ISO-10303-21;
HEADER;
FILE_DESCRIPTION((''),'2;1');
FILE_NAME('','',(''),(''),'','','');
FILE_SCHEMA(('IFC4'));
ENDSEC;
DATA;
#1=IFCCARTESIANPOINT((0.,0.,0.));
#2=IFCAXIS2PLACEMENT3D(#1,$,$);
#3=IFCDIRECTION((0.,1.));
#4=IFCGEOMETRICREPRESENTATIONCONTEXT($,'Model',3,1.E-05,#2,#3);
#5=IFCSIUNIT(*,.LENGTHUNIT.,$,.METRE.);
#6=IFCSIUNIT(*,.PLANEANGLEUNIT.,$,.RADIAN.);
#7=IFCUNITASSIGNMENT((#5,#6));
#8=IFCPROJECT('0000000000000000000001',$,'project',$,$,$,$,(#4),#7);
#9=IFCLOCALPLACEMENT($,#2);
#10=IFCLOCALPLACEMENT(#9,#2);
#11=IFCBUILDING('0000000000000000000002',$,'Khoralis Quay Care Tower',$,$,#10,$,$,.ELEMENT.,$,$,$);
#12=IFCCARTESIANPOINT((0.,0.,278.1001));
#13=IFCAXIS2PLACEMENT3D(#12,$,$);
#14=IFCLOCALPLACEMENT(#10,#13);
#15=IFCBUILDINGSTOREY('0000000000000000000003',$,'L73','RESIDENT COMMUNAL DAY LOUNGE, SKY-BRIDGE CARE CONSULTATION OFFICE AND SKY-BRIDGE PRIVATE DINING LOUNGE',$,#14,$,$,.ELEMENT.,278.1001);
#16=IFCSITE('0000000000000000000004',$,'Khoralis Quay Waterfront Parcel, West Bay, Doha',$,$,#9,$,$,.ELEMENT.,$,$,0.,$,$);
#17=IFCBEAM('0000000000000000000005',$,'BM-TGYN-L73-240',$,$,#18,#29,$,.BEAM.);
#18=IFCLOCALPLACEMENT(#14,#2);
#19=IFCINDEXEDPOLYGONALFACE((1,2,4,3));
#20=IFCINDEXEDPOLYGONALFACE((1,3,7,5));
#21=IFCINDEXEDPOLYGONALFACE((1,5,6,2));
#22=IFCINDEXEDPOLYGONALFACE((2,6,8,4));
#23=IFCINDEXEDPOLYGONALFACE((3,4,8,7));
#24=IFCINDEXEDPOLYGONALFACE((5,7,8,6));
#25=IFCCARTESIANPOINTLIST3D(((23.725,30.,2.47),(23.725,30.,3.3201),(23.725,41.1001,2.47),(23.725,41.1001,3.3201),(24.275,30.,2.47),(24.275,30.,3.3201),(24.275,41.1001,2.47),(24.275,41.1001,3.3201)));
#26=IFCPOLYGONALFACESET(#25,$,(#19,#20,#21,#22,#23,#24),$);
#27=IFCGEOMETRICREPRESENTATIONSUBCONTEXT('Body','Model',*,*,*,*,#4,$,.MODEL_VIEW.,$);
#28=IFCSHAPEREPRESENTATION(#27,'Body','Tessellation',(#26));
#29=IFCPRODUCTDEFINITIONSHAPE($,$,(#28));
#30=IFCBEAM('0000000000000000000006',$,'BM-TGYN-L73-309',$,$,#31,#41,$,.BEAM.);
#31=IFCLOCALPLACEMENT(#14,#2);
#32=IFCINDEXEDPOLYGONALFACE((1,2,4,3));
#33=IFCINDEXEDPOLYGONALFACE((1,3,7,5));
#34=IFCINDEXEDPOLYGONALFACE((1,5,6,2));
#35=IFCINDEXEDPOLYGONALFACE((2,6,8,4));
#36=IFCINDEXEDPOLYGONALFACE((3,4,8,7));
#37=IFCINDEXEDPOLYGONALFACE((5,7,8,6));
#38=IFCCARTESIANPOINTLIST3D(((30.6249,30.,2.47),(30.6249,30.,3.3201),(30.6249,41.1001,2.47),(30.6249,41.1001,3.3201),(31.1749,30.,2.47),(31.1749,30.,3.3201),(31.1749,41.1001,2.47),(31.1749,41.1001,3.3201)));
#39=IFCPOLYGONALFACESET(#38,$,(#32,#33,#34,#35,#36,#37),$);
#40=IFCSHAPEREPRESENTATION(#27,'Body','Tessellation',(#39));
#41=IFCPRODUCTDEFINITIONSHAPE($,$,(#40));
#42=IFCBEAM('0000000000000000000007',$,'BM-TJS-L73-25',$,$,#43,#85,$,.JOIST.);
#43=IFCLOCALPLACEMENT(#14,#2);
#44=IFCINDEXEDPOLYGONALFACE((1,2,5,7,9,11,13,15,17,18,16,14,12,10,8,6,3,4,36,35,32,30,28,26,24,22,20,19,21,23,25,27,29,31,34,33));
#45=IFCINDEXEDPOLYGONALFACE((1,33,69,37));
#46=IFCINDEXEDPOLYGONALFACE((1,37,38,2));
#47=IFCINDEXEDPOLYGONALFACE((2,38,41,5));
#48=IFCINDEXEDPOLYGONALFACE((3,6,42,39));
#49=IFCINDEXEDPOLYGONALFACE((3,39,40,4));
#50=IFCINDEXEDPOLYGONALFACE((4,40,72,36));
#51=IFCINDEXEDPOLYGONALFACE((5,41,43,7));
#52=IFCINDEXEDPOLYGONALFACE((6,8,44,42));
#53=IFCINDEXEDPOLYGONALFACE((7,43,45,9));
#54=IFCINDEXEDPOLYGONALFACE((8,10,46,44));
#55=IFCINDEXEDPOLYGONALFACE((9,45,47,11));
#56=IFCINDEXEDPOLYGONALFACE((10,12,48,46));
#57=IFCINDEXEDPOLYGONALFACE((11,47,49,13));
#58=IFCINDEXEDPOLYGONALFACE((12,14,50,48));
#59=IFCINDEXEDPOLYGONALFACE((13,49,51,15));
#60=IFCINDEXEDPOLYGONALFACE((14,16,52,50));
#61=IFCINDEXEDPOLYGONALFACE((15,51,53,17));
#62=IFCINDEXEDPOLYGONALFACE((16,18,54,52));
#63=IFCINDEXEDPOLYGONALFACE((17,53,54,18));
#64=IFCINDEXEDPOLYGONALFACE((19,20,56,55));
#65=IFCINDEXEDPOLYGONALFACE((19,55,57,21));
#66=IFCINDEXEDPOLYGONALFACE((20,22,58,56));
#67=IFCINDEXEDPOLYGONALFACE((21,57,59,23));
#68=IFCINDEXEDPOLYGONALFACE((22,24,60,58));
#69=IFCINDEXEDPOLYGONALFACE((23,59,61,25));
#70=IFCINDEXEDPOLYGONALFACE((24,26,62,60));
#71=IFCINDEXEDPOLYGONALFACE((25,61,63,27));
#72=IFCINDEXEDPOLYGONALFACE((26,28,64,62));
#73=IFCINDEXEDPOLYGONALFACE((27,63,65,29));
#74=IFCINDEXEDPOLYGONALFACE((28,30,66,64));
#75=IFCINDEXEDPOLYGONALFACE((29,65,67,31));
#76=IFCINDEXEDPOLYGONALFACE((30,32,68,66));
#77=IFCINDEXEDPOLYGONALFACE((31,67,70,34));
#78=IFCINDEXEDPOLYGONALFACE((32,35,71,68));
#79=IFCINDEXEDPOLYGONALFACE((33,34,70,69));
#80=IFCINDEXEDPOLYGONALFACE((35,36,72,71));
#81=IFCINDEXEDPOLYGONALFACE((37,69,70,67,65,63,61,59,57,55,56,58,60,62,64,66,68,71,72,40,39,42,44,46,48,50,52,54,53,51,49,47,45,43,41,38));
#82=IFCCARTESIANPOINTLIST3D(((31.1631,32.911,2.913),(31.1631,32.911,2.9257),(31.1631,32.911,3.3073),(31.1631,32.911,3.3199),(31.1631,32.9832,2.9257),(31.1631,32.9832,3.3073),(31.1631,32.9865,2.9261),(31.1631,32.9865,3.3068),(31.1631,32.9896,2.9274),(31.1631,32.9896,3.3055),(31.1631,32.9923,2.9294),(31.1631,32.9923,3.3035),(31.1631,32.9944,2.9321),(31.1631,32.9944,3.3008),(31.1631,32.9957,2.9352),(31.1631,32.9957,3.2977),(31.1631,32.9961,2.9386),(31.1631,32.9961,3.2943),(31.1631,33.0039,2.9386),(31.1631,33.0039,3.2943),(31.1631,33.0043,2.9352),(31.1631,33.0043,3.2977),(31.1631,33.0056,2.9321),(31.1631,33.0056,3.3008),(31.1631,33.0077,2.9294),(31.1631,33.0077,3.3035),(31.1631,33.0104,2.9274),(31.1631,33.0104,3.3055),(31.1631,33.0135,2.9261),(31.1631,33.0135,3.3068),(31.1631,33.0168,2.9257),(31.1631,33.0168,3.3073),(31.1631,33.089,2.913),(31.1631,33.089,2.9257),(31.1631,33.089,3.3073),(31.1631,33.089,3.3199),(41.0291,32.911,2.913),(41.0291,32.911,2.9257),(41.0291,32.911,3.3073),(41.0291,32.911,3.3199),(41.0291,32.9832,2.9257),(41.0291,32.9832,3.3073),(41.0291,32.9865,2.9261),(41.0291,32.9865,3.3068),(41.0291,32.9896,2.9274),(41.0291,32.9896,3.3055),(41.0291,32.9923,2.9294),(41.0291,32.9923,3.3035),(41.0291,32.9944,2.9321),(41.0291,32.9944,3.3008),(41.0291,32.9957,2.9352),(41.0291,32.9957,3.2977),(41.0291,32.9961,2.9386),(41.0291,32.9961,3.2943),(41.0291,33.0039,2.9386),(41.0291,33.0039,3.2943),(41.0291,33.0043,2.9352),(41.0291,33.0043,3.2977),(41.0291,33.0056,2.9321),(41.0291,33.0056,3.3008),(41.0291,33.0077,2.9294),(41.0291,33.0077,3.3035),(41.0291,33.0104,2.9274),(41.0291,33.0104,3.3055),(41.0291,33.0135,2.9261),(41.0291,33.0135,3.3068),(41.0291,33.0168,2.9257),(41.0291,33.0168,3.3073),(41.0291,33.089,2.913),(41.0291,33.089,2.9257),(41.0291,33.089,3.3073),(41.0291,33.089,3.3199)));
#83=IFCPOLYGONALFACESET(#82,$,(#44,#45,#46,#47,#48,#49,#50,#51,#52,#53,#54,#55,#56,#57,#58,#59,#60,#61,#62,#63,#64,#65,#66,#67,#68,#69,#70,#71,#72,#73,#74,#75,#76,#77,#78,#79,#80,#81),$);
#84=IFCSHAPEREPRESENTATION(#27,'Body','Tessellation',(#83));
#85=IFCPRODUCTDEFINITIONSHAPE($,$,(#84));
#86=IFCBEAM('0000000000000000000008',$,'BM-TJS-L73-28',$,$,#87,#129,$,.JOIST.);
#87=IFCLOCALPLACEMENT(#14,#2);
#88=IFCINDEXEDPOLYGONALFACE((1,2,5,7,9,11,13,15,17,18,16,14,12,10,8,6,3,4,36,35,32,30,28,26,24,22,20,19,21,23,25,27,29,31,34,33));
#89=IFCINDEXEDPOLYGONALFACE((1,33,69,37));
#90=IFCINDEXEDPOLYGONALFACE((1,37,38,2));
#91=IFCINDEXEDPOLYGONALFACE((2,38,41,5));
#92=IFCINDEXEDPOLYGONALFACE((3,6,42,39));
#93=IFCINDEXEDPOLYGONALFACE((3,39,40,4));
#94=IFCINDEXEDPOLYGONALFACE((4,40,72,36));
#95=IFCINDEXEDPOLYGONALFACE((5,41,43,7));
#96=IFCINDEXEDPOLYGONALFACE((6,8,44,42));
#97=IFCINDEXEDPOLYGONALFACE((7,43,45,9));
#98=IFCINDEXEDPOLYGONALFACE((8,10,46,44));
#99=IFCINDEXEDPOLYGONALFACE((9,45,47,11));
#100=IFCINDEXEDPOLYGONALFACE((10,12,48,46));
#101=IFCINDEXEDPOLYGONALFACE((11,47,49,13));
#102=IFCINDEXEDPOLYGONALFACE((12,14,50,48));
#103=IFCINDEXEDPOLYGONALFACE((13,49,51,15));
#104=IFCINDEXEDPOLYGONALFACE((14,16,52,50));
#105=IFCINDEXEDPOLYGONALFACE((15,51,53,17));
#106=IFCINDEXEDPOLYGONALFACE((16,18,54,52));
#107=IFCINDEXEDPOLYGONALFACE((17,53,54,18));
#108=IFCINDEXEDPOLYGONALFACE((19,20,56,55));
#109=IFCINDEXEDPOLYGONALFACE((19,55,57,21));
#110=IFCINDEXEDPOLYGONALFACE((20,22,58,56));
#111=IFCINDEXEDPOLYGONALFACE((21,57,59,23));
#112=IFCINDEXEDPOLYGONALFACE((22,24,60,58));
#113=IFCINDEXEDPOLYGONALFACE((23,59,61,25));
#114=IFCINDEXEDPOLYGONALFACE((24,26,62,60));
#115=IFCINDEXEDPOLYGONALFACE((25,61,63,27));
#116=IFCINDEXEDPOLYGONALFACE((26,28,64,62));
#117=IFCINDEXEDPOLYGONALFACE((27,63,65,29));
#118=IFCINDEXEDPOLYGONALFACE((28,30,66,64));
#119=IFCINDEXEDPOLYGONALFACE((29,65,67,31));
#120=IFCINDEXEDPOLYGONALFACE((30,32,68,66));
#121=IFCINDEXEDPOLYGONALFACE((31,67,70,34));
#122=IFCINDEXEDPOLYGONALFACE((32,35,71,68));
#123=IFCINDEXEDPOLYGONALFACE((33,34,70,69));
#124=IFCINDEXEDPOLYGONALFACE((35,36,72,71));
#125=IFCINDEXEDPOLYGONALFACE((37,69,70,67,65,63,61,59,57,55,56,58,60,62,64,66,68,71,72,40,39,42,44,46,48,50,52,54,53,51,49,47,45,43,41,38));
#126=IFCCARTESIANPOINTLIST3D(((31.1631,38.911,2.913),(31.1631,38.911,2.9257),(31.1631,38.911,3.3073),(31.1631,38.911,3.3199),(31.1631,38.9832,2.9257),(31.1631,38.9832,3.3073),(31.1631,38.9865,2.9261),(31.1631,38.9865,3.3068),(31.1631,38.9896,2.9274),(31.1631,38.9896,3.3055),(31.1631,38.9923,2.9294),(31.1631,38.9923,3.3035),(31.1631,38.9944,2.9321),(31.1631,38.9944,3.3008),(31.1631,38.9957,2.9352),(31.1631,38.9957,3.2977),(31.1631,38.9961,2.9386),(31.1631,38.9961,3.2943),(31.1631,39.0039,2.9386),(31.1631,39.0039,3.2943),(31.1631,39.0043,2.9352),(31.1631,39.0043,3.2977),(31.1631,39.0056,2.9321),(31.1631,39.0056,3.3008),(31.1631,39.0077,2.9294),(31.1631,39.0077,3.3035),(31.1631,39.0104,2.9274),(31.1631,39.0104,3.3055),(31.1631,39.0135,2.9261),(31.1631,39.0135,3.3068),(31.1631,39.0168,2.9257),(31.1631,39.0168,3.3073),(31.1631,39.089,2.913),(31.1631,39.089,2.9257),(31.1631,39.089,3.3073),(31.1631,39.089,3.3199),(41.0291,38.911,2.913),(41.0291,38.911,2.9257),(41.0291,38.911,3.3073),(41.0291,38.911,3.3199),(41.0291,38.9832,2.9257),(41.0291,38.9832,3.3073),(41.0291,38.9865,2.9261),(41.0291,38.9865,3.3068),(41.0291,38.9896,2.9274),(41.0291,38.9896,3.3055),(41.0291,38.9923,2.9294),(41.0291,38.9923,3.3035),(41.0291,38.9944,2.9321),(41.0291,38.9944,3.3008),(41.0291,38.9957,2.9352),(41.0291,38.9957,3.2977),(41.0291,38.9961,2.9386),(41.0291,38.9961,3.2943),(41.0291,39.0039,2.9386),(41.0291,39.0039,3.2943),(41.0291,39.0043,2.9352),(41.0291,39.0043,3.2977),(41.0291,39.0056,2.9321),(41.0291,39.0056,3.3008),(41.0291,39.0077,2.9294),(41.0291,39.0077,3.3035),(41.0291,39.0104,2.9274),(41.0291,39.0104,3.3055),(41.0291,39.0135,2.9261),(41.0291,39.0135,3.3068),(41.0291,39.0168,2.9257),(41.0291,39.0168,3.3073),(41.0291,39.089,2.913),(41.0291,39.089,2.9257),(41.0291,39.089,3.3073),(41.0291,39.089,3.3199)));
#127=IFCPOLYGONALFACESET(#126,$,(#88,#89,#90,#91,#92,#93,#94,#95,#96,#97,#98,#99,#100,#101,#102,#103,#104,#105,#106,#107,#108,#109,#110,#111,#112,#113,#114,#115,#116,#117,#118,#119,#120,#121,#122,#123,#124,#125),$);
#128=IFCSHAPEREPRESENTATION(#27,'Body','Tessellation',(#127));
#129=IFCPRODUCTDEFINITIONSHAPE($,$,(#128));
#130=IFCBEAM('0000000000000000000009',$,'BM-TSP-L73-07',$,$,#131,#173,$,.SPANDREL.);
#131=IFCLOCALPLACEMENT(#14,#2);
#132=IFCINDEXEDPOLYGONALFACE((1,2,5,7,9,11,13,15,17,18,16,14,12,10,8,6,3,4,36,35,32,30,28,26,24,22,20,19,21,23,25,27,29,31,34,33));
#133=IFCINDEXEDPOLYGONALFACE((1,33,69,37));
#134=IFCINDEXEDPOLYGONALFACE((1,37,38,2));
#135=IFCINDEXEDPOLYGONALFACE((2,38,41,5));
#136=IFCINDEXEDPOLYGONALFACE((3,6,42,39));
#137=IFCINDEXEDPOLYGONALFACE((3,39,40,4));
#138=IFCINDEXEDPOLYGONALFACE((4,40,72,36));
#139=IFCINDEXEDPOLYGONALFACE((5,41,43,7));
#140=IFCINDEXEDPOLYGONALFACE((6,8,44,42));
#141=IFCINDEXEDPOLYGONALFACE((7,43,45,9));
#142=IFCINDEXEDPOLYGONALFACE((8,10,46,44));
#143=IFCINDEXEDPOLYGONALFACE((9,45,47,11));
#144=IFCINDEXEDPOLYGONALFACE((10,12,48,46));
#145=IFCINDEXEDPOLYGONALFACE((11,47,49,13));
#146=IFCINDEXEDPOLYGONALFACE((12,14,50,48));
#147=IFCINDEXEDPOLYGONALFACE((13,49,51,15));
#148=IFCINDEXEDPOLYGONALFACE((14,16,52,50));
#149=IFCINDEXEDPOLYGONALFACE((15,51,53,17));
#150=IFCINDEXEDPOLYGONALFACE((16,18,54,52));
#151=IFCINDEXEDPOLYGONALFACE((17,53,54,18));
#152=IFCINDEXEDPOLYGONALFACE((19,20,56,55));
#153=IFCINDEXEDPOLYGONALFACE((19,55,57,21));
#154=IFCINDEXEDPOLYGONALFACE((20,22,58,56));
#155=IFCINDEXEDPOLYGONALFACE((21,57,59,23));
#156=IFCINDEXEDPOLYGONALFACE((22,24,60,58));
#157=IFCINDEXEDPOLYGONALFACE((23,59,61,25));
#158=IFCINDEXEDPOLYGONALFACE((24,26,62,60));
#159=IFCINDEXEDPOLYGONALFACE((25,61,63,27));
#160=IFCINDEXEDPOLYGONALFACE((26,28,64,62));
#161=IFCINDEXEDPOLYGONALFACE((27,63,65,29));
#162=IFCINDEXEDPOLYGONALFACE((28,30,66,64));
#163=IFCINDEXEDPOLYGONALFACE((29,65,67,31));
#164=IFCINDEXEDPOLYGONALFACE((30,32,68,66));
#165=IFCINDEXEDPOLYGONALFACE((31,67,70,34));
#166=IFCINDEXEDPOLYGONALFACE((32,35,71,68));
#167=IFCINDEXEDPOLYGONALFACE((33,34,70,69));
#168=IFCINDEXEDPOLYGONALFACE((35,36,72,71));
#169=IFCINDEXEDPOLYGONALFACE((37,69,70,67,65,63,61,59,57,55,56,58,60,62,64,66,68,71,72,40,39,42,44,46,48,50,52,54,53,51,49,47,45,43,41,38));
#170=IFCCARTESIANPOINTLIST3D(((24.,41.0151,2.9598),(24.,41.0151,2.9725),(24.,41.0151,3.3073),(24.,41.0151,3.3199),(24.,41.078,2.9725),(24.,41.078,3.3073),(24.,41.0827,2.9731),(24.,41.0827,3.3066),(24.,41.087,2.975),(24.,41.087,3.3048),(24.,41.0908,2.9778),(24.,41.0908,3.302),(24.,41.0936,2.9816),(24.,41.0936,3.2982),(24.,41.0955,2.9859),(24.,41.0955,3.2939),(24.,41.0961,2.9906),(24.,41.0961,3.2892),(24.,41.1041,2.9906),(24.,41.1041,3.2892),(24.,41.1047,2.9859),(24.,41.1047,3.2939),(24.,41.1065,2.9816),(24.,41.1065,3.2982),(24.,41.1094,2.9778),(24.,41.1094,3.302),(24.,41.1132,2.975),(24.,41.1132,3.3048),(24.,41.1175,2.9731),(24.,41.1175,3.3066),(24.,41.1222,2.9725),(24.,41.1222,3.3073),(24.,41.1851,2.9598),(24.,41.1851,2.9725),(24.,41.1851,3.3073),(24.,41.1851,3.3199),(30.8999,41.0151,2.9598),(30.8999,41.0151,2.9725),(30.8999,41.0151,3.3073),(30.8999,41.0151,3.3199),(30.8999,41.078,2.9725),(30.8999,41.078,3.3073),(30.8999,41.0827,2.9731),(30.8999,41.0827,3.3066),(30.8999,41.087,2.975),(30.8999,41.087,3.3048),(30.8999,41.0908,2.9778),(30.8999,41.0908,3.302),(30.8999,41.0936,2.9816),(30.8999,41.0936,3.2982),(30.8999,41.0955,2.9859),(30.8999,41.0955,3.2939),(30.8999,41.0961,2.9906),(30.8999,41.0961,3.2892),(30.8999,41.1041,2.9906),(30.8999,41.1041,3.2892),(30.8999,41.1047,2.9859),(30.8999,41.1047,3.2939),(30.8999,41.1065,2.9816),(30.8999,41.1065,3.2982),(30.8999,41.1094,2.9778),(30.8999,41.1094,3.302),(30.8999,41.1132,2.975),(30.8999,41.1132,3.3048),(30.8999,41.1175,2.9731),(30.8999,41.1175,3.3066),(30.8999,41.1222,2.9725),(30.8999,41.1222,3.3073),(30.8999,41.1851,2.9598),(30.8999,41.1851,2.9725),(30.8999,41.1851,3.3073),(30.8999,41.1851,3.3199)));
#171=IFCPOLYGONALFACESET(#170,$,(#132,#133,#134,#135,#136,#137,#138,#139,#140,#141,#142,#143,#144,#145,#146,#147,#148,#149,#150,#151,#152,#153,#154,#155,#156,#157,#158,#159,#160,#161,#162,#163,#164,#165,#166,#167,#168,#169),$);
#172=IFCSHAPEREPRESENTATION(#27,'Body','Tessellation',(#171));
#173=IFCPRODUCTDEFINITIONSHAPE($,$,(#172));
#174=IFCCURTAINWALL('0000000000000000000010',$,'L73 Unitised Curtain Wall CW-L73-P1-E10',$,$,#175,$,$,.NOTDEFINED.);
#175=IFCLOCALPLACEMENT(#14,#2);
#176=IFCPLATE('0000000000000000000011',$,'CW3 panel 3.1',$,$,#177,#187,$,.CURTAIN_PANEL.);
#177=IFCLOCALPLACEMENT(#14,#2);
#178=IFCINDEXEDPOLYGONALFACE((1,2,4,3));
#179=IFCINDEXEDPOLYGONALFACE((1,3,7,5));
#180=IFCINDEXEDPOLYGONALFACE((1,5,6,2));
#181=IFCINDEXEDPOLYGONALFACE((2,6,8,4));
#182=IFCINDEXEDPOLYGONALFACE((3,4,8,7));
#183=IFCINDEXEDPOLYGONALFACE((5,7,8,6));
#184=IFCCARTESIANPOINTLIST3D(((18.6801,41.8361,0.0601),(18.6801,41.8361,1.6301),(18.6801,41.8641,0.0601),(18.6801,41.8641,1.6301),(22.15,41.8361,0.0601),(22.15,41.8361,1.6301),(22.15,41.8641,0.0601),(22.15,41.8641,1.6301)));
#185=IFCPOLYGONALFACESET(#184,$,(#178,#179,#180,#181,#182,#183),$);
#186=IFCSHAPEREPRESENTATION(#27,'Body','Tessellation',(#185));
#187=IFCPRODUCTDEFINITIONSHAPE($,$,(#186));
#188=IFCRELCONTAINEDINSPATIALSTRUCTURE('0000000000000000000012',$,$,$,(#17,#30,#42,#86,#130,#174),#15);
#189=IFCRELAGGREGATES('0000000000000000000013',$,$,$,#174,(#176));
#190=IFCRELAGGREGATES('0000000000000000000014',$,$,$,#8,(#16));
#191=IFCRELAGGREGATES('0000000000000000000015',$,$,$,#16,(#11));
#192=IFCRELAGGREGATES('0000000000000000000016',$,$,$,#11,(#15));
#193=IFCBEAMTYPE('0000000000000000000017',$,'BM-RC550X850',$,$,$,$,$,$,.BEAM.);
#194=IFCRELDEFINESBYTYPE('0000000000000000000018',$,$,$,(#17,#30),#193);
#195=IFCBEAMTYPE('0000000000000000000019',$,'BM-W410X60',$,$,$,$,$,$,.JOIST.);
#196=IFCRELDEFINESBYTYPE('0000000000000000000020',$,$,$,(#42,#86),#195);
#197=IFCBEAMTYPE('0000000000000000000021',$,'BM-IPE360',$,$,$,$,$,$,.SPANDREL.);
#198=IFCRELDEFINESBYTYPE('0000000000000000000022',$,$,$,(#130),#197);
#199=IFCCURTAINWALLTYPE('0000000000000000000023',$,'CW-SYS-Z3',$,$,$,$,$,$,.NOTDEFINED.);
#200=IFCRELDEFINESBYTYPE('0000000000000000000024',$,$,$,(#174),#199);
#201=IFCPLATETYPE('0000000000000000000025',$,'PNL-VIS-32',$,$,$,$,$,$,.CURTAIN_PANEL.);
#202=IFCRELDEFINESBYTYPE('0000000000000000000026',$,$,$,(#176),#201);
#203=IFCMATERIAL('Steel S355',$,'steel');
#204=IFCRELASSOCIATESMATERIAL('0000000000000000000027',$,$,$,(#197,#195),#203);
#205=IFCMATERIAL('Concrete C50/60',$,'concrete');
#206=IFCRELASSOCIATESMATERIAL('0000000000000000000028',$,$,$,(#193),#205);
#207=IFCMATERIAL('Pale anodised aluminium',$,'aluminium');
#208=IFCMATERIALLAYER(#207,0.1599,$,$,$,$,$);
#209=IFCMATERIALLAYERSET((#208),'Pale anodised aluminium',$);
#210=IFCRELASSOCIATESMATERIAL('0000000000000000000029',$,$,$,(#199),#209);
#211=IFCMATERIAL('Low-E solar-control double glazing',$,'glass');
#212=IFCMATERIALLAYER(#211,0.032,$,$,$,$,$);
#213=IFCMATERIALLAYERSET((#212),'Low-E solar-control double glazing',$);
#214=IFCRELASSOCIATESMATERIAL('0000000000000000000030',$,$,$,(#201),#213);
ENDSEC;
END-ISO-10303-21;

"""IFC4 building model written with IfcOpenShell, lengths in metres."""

from ifc_helpers import new_model, si_unit, direction, frame, origin, origin_2d, place, context, subcontext, project, spatial, rectangle, i_section, extrude, source, transform, mapped, material, layer, layer_set, material_profile, profile_set, type_object, element, aggregate, save


model = new_model("IFC4")

# Units and contexts
model_context = context("Model", 3, precision=1e-05, world=origin(), true_north=direction((0.0, 1.0)))
body_context = subcontext(model_context, "Body", "Model", "MODEL_VIEW")
ifc_project = project(units=[si_unit("LENGTHUNIT", "METRE"), si_unit("PLANEANGLEUNIT", "RADIAN")], contexts=[model_context])

# Site, building, storey
site_placement = place(None, origin())
site = spatial("IfcSite", under=ifc_project, at=site_placement, Name="Khoralis Quay Waterfront Parcel, West Bay, Doha", CompositionType="ELEMENT", RefElevation=0.0)
building_placement = place(site_placement, origin())
building = spatial("IfcBuilding", under=site, at=building_placement, Name="Khoralis Quay Care Tower", CompositionType="ELEMENT")
storey_placement = place(building_placement, frame((0.0, 0.0, 278.1001)))
storey = spatial("IfcBuildingStorey", under=building, at=storey_placement, Name="L73", Description="RESIDENT COMMUNAL DAY LOUNGE, SKY-BRIDGE CARE CONSULTATION OFFICE AND SKY-BRIDGE PRIVATE DINING LOUNGE", CompositionType="ELEMENT", Elevation=278.1001)

# Shared definitions
ifc_material_1 = material(Name="Concrete C50/60", Category="concrete")

# Beams
ifc_material_2 = material(Name="Steel S355", Category="steel")
ifc_material_profile_1 = material_profile(ifc_material_2, i_section(OverallWidth=0.1699, OverallDepth=0.3601, WebThickness=0.0081, FlangeThickness=0.0127, FilletRadius=0.0181, at=origin_2d()), Name="Steel S355")
ifc_profile_set_1 = profile_set([ifc_material_profile_1], Name="Steel S355")
beam_type_1 = type_object("IfcBeamType", Name="BM-IPE360", PredefinedType="SPANDREL", material=ifc_profile_set_1)
ifc_material_profile_2 = material_profile(ifc_material_1, rectangle(XDim=0.55, YDim=0.8501, at=origin_2d()), Name="Concrete C50/60")
ifc_profile_set_2 = profile_set([ifc_material_profile_2], Name="Concrete C50/60")
beam_type_2 = type_object("IfcBeamType", Name="BM-RC550X850", PredefinedType="BEAM", material=ifc_profile_set_2)
shared_shape_1 = source(origin(), body_context, "Body", "SweptSolid", [
    extrude(rectangle(XDim=0.55, YDim=0.8501, at=origin_2d()), origin(), (0.0, 0.0, 1.0), 11.1001),
])
for number, where, z_axis, x_axis, name in (
    (1, (24.0, 30.0, 2.895), (0.0, 1.0, 0.0), (-1.0, 0.0, 0.0), "BM-TGYN-L73-240"),
    (2, (30.8999, 30.0, 2.895), (0.0, 1.0, 0.0), (-1.0, 0.0, 0.0), "BM-TGYN-L73-309"),
):
    element("IfcBeam", number, at=place(storey_placement, frame(where, z_axis=z_axis, x_axis=x_axis)), inside=storey, type_object=beam_type_2, Name=name, PredefinedType="BEAM", context=body_context, shape_type="MappedRepresentation", body=[
        mapped(shared_shape_1, transform((0.0, 0.0, 0.0), scale=1.0)),
    ])
ifc_material_profile_3 = material_profile(ifc_material_2, i_section(OverallWidth=0.178, OverallDepth=0.407, WebThickness=0.0078, FlangeThickness=0.0127, FilletRadius=0.0129, at=origin_2d()), Name="Steel S355")
ifc_profile_set_3 = profile_set([ifc_material_profile_3], Name="Steel S355")
beam_type_3 = type_object("IfcBeamType", Name="BM-W410X60", PredefinedType="JOIST", material=ifc_profile_set_3)
shared_shape_2 = source(origin(), body_context, "Body", "SweptSolid", [
    extrude(i_section(OverallWidth=0.178, OverallDepth=0.407, WebThickness=0.0078, FlangeThickness=0.0127, FilletRadius=0.0129, at=origin_2d()), origin(), (0.0, 0.0, 1.0), 9.866),
])
for number, where, z_axis, x_axis, name in (
    (3, (31.1631, 33.0, 3.1165), (1.0, 0.0, 0.0), (0.0, 1.0, 0.0), "BM-TJS-L73-25"),
    (4, (31.1631, 39.0, 3.1165), (1.0, 0.0, 0.0), (0.0, 1.0, 0.0), "BM-TJS-L73-28"),
):
    element("IfcBeam", number, at=place(storey_placement, frame(where, z_axis=z_axis, x_axis=x_axis)), inside=storey, type_object=beam_type_3, Name=name, PredefinedType="JOIST", context=body_context, shape_type="MappedRepresentation", body=[
        mapped(shared_shape_2, transform((0.0, 0.0, 0.0), scale=1.0)),
    ])
shared_shape_3 = source(origin(), body_context, "Body", "SweptSolid", [
    extrude(i_section(OverallWidth=0.1699, OverallDepth=0.3601, WebThickness=0.0081, FlangeThickness=0.0127, FilletRadius=0.0181, at=origin_2d()), origin(), (0.0, 0.0, 1.0), 6.8999),
])
beam_1_placement = place(storey_placement, frame((24.0, 41.1001, 3.1399), z_axis=(1.0, 0.0, 0.0), x_axis=(0.0, 1.0, 0.0)))
element("IfcBeam", 5, at=beam_1_placement, inside=storey, type_object=beam_type_1, Name="BM-TSP-L73-07", PredefinedType="SPANDREL", context=body_context, shape_type="MappedRepresentation", body=[
    mapped(shared_shape_3, transform((0.0, 0.0, 0.0), scale=1.0)),
])

# Curtain wall, plate
ifc_material_3 = material(Name="Pale anodised aluminium", Category="aluminium")
ifc_layer_1 = layer(ifc_material_3, 0.1599)
ifc_layer_set_1 = layer_set([ifc_layer_1], Name="Pale anodised aluminium")
curtain_wall_type = type_object("IfcCurtainWallType", Name="CW-SYS-Z3", PredefinedType="NOTDEFINED", material=ifc_layer_set_1)
curtain_wall_placement = place(storey_placement, origin())
curtain_wall = element("IfcCurtainWall", 6, at=curtain_wall_placement, inside=storey, type_object=curtain_wall_type, Name="L73 Unitised Curtain Wall CW-L73-P1-E10", PredefinedType="NOTDEFINED")
ifc_material_4 = material(Name="Low-E solar-control double glazing", Category="glass")
ifc_layer_2 = layer(ifc_material_4, 0.032)
ifc_layer_set_2 = layer_set([ifc_layer_2], Name="Low-E solar-control double glazing")
plate_type = type_object("IfcPlateType", Name="PNL-VIS-32", PredefinedType="CURTAIN_PANEL", material=ifc_layer_set_2)
shared_shape_4 = source(origin(), body_context, "Body", "SweptSolid", [
    extrude(rectangle(XDim=3.47, YDim=0.0281, at=origin_2d()), origin(), (0.0, 0.0, 1.0), 1.5701),
])
plate_placement = place(storey_placement, frame((20.415, 41.8501, 0.0601), z_axis=(0.0, 0.0, 1.0), x_axis=(-1.0, 0.0, 0.0)))
plate = element("IfcPlate", 7, at=plate_placement, type_object=plate_type, Name="CW3 panel 3.1", PredefinedType="CURTAIN_PANEL", context=body_context, shape_type="MappedRepresentation", body=[
    mapped(shared_shape_4, transform((0.0, 0.0, 0.0), scale=1.0)),
])
aggregate(curtain_wall, [plate])

save(model, "model.ifc")
